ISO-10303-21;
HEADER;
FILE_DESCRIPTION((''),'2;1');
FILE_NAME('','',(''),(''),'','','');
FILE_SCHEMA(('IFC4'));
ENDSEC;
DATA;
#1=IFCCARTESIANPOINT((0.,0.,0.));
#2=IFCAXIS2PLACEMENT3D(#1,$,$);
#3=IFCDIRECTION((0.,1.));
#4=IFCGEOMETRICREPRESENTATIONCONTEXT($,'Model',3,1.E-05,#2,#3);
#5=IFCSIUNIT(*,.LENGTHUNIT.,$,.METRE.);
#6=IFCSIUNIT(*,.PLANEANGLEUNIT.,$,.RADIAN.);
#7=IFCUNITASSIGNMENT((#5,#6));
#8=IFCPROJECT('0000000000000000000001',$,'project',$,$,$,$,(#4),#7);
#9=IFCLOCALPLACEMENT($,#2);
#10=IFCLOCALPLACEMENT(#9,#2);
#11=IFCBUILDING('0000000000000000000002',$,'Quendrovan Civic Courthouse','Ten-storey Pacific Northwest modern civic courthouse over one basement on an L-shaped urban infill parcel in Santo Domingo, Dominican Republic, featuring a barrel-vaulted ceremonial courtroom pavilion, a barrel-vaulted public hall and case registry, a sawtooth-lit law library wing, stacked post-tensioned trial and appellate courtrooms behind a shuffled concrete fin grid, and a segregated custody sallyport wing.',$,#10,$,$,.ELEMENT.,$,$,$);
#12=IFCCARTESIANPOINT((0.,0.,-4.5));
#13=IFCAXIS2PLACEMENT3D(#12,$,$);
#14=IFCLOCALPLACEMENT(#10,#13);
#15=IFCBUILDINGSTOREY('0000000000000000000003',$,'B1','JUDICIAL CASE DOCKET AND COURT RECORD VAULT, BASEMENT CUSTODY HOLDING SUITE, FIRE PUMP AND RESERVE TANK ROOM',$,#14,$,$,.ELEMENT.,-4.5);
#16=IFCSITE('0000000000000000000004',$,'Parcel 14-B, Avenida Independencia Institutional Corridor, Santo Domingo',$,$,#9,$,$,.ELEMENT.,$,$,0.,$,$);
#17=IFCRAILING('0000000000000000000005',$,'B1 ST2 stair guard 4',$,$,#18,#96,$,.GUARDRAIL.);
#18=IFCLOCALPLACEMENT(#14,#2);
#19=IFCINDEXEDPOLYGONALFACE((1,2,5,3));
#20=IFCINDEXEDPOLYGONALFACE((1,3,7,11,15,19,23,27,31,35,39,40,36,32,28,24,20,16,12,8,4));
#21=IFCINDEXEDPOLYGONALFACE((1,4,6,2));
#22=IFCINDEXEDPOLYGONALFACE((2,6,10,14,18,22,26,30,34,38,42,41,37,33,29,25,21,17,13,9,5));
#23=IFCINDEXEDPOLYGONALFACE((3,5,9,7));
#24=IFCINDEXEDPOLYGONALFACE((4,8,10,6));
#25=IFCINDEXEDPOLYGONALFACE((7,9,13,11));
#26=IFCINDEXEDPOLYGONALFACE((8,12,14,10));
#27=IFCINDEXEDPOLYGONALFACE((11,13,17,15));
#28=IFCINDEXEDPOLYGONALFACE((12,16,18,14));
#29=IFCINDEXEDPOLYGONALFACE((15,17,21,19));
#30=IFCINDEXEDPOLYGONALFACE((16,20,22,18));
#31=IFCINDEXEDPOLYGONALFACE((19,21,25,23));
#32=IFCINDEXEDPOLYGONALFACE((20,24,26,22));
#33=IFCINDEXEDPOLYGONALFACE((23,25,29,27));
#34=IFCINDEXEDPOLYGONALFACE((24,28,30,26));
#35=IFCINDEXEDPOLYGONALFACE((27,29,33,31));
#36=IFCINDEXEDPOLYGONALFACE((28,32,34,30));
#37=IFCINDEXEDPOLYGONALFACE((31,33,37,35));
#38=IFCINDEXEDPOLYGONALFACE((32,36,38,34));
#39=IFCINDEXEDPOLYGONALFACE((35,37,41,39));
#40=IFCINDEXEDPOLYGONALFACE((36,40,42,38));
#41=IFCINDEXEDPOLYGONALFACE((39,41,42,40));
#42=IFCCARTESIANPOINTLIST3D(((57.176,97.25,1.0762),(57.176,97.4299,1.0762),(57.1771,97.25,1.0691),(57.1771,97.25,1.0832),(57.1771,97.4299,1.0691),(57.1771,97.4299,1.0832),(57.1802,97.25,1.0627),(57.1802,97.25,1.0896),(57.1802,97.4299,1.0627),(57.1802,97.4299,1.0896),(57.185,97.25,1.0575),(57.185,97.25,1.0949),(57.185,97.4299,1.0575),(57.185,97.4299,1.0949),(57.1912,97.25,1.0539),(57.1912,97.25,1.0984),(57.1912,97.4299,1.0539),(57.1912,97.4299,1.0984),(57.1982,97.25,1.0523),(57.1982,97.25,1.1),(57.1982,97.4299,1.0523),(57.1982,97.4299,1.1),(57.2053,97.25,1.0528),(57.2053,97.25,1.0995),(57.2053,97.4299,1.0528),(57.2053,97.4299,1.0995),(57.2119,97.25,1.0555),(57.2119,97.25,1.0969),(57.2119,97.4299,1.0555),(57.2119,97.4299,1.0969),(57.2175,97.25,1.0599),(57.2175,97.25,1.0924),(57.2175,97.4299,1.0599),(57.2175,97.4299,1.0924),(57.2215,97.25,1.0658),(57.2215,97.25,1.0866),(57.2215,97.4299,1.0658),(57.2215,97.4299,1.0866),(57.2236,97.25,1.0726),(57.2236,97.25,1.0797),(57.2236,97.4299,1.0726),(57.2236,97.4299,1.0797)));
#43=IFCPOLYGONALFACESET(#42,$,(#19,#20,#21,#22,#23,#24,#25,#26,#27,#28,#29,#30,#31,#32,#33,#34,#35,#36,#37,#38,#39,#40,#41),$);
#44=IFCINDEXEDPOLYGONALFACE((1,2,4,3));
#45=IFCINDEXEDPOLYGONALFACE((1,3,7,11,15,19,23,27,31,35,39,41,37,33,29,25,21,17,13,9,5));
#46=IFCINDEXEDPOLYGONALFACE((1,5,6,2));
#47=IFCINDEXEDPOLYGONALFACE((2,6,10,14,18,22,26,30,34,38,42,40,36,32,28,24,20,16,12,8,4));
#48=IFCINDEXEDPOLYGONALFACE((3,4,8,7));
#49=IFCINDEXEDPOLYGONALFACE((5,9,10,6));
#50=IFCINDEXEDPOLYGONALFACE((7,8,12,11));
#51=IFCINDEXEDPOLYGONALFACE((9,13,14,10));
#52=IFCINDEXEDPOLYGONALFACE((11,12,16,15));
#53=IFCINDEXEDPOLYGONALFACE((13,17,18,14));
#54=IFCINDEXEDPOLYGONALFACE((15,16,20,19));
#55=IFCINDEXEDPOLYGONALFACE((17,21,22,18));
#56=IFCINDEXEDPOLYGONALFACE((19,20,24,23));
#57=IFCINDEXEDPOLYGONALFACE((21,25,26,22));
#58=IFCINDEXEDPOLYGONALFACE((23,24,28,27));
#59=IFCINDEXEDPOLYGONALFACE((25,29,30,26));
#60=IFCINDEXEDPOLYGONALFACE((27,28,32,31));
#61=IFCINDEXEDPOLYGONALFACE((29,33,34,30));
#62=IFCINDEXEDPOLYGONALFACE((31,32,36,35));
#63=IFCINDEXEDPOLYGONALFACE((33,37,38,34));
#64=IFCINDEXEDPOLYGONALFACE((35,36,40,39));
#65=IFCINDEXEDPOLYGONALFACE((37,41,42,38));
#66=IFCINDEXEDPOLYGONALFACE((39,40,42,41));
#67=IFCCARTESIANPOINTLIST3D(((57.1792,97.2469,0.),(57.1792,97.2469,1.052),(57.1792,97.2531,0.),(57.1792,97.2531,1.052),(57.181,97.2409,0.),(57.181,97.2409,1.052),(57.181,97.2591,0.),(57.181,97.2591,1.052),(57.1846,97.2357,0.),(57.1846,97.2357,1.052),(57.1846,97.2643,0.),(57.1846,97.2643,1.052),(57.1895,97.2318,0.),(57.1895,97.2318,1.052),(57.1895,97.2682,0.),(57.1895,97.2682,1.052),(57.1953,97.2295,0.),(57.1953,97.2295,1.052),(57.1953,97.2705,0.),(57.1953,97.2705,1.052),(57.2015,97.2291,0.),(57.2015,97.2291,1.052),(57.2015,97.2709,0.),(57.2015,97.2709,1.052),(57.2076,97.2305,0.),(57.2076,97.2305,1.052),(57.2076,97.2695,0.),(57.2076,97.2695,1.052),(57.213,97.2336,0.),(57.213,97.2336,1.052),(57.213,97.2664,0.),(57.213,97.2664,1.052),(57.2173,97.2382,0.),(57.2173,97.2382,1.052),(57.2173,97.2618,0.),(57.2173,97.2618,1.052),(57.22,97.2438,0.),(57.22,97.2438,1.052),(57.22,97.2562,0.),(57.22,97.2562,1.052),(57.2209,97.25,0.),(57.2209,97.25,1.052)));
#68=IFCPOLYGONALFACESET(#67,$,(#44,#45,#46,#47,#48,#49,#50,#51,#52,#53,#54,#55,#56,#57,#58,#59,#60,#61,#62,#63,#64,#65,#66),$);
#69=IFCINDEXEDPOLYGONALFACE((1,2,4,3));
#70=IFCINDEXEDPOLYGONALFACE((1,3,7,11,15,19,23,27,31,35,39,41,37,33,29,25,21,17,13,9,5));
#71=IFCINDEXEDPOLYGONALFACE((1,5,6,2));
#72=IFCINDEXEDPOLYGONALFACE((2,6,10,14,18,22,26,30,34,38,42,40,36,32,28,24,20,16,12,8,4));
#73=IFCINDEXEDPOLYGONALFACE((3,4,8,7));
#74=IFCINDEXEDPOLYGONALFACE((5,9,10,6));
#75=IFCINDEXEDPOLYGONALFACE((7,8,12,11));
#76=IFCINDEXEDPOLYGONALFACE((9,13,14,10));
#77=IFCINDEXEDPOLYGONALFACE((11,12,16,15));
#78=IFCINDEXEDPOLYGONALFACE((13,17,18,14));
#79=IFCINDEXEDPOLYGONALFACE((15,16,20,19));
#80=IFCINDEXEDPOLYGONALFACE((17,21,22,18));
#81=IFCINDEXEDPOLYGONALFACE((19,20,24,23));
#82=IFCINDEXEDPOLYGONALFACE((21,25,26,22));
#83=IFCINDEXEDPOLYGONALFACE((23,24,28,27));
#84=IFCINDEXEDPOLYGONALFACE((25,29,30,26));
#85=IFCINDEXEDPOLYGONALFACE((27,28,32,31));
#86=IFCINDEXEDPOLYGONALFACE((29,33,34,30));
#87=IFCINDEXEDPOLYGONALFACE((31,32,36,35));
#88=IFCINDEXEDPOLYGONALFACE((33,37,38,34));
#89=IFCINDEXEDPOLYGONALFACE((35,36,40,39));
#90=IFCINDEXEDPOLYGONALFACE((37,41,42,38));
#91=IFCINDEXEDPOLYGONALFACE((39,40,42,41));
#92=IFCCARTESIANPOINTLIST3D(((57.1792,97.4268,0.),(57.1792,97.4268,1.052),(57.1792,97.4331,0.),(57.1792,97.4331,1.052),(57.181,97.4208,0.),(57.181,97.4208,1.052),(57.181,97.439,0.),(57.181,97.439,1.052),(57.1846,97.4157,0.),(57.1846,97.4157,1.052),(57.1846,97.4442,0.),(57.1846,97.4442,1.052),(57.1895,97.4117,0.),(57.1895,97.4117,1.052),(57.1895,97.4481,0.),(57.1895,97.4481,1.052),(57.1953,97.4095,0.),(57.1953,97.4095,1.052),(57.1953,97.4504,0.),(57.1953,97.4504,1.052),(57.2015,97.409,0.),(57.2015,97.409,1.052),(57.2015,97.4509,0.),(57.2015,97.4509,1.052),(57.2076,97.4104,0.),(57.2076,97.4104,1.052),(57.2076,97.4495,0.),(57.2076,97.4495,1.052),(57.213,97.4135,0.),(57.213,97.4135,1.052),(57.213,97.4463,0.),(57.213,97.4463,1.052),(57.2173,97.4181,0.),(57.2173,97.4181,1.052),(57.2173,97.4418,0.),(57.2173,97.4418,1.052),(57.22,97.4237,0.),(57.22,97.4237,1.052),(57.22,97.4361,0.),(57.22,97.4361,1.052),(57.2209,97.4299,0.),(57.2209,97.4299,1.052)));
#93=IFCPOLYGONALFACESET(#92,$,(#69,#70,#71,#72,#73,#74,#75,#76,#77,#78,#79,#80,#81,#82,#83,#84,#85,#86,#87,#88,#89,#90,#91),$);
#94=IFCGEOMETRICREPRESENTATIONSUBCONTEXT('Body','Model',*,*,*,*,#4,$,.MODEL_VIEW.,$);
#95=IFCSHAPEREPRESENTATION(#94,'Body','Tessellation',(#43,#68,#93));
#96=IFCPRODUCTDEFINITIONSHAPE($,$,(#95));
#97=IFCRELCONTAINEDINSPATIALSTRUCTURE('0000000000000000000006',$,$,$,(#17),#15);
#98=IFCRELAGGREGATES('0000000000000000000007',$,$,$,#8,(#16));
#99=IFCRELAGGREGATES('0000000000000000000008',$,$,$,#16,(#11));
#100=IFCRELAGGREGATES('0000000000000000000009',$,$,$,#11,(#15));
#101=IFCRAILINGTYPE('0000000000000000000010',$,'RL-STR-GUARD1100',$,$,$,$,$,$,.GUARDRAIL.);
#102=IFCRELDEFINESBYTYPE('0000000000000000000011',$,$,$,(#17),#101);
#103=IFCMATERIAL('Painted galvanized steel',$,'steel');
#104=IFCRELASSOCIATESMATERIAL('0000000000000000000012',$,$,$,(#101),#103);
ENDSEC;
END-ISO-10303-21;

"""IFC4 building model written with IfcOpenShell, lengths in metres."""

from ifc_helpers import new_model, si_unit, direction, frame, origin, origin_2d, place, context, subcontext, project, spatial, circle, extrude, material, type_object, element, save


model = new_model("IFC4")

# Units and contexts
model_context = context("Model", 3, precision=1e-05, world=origin(), true_north=direction((0.0, 1.0)))
body_context = subcontext(model_context, "Body", "Model", "MODEL_VIEW")
ifc_project = project(units=[si_unit("LENGTHUNIT", "METRE"), si_unit("PLANEANGLEUNIT", "RADIAN")], contexts=[model_context])

# Site, building, storey
site_placement = place(None, origin())
site = spatial("IfcSite", under=ifc_project, at=site_placement, Name="Parcel 14-B, Avenida Independencia Institutional Corridor, Santo Domingo", CompositionType="ELEMENT", RefElevation=0.0)
building_placement = place(site_placement, origin())
building = spatial("IfcBuilding", under=site, at=building_placement, Name="Quendrovan Civic Courthouse", Description="Ten-storey Pacific Northwest modern civic courthouse over one basement on an L-shaped urban infill parcel in Santo Domingo, Dominican Republic, featuring a barrel-vaulted ceremonial courtroom pavilion, a barrel-vaulted public hall and case registry, a sawtooth-lit law library wing, stacked post-tensioned trial and appellate courtrooms behind a shuffled concrete fin grid, and a segregated custody sallyport wing.", CompositionType="ELEMENT")
storey_placement = place(building_placement, frame((0.0, 0.0, -4.5)))
storey = spatial("IfcBuildingStorey", under=building, at=storey_placement, Name="B1", Description="JUDICIAL CASE DOCKET AND COURT RECORD VAULT, BASEMENT CUSTODY HOLDING SUITE, FIRE PUMP AND RESERVE TANK ROOM", CompositionType="ELEMENT", Elevation=-4.5)

# Railing
ifc_material_1 = material(Name="Painted galvanized steel", Category="steel")
railing_type_1 = type_object("IfcRailingType", Name="RL-STR-GUARD1100", PredefinedType="GUARDRAIL", material=ifc_material_1)
railing_1_placement = place(storey_placement, frame((57.2, 97.25, 0.0)))
element("IfcRailing", 1, at=railing_1_placement, inside=storey, type_object=railing_type_1, Name="B1 ST2 stair guard 4", PredefinedType="GUARDRAIL", context=body_context, shape_type="SweptSolid", body=[
    extrude(circle(Radius=0.0239, at=origin_2d()), frame((0.0, 0.0, 1.0762), z_axis=(0.0, 1.0, 0.0), x_axis=(-1.0, 0.0, 0.0)), (0.0, 0.0, 1.0), 0.1799),
    extrude(circle(Radius=0.021, at=origin_2d()), origin(), (0.0, 0.0, 1.0), 1.052),
    extrude(circle(Radius=0.021, at=origin_2d()), frame((0.0, 0.1799, 0.0)), (0.0, 0.0, 1.0), 1.052),
])

save(model, "model.ifc")
